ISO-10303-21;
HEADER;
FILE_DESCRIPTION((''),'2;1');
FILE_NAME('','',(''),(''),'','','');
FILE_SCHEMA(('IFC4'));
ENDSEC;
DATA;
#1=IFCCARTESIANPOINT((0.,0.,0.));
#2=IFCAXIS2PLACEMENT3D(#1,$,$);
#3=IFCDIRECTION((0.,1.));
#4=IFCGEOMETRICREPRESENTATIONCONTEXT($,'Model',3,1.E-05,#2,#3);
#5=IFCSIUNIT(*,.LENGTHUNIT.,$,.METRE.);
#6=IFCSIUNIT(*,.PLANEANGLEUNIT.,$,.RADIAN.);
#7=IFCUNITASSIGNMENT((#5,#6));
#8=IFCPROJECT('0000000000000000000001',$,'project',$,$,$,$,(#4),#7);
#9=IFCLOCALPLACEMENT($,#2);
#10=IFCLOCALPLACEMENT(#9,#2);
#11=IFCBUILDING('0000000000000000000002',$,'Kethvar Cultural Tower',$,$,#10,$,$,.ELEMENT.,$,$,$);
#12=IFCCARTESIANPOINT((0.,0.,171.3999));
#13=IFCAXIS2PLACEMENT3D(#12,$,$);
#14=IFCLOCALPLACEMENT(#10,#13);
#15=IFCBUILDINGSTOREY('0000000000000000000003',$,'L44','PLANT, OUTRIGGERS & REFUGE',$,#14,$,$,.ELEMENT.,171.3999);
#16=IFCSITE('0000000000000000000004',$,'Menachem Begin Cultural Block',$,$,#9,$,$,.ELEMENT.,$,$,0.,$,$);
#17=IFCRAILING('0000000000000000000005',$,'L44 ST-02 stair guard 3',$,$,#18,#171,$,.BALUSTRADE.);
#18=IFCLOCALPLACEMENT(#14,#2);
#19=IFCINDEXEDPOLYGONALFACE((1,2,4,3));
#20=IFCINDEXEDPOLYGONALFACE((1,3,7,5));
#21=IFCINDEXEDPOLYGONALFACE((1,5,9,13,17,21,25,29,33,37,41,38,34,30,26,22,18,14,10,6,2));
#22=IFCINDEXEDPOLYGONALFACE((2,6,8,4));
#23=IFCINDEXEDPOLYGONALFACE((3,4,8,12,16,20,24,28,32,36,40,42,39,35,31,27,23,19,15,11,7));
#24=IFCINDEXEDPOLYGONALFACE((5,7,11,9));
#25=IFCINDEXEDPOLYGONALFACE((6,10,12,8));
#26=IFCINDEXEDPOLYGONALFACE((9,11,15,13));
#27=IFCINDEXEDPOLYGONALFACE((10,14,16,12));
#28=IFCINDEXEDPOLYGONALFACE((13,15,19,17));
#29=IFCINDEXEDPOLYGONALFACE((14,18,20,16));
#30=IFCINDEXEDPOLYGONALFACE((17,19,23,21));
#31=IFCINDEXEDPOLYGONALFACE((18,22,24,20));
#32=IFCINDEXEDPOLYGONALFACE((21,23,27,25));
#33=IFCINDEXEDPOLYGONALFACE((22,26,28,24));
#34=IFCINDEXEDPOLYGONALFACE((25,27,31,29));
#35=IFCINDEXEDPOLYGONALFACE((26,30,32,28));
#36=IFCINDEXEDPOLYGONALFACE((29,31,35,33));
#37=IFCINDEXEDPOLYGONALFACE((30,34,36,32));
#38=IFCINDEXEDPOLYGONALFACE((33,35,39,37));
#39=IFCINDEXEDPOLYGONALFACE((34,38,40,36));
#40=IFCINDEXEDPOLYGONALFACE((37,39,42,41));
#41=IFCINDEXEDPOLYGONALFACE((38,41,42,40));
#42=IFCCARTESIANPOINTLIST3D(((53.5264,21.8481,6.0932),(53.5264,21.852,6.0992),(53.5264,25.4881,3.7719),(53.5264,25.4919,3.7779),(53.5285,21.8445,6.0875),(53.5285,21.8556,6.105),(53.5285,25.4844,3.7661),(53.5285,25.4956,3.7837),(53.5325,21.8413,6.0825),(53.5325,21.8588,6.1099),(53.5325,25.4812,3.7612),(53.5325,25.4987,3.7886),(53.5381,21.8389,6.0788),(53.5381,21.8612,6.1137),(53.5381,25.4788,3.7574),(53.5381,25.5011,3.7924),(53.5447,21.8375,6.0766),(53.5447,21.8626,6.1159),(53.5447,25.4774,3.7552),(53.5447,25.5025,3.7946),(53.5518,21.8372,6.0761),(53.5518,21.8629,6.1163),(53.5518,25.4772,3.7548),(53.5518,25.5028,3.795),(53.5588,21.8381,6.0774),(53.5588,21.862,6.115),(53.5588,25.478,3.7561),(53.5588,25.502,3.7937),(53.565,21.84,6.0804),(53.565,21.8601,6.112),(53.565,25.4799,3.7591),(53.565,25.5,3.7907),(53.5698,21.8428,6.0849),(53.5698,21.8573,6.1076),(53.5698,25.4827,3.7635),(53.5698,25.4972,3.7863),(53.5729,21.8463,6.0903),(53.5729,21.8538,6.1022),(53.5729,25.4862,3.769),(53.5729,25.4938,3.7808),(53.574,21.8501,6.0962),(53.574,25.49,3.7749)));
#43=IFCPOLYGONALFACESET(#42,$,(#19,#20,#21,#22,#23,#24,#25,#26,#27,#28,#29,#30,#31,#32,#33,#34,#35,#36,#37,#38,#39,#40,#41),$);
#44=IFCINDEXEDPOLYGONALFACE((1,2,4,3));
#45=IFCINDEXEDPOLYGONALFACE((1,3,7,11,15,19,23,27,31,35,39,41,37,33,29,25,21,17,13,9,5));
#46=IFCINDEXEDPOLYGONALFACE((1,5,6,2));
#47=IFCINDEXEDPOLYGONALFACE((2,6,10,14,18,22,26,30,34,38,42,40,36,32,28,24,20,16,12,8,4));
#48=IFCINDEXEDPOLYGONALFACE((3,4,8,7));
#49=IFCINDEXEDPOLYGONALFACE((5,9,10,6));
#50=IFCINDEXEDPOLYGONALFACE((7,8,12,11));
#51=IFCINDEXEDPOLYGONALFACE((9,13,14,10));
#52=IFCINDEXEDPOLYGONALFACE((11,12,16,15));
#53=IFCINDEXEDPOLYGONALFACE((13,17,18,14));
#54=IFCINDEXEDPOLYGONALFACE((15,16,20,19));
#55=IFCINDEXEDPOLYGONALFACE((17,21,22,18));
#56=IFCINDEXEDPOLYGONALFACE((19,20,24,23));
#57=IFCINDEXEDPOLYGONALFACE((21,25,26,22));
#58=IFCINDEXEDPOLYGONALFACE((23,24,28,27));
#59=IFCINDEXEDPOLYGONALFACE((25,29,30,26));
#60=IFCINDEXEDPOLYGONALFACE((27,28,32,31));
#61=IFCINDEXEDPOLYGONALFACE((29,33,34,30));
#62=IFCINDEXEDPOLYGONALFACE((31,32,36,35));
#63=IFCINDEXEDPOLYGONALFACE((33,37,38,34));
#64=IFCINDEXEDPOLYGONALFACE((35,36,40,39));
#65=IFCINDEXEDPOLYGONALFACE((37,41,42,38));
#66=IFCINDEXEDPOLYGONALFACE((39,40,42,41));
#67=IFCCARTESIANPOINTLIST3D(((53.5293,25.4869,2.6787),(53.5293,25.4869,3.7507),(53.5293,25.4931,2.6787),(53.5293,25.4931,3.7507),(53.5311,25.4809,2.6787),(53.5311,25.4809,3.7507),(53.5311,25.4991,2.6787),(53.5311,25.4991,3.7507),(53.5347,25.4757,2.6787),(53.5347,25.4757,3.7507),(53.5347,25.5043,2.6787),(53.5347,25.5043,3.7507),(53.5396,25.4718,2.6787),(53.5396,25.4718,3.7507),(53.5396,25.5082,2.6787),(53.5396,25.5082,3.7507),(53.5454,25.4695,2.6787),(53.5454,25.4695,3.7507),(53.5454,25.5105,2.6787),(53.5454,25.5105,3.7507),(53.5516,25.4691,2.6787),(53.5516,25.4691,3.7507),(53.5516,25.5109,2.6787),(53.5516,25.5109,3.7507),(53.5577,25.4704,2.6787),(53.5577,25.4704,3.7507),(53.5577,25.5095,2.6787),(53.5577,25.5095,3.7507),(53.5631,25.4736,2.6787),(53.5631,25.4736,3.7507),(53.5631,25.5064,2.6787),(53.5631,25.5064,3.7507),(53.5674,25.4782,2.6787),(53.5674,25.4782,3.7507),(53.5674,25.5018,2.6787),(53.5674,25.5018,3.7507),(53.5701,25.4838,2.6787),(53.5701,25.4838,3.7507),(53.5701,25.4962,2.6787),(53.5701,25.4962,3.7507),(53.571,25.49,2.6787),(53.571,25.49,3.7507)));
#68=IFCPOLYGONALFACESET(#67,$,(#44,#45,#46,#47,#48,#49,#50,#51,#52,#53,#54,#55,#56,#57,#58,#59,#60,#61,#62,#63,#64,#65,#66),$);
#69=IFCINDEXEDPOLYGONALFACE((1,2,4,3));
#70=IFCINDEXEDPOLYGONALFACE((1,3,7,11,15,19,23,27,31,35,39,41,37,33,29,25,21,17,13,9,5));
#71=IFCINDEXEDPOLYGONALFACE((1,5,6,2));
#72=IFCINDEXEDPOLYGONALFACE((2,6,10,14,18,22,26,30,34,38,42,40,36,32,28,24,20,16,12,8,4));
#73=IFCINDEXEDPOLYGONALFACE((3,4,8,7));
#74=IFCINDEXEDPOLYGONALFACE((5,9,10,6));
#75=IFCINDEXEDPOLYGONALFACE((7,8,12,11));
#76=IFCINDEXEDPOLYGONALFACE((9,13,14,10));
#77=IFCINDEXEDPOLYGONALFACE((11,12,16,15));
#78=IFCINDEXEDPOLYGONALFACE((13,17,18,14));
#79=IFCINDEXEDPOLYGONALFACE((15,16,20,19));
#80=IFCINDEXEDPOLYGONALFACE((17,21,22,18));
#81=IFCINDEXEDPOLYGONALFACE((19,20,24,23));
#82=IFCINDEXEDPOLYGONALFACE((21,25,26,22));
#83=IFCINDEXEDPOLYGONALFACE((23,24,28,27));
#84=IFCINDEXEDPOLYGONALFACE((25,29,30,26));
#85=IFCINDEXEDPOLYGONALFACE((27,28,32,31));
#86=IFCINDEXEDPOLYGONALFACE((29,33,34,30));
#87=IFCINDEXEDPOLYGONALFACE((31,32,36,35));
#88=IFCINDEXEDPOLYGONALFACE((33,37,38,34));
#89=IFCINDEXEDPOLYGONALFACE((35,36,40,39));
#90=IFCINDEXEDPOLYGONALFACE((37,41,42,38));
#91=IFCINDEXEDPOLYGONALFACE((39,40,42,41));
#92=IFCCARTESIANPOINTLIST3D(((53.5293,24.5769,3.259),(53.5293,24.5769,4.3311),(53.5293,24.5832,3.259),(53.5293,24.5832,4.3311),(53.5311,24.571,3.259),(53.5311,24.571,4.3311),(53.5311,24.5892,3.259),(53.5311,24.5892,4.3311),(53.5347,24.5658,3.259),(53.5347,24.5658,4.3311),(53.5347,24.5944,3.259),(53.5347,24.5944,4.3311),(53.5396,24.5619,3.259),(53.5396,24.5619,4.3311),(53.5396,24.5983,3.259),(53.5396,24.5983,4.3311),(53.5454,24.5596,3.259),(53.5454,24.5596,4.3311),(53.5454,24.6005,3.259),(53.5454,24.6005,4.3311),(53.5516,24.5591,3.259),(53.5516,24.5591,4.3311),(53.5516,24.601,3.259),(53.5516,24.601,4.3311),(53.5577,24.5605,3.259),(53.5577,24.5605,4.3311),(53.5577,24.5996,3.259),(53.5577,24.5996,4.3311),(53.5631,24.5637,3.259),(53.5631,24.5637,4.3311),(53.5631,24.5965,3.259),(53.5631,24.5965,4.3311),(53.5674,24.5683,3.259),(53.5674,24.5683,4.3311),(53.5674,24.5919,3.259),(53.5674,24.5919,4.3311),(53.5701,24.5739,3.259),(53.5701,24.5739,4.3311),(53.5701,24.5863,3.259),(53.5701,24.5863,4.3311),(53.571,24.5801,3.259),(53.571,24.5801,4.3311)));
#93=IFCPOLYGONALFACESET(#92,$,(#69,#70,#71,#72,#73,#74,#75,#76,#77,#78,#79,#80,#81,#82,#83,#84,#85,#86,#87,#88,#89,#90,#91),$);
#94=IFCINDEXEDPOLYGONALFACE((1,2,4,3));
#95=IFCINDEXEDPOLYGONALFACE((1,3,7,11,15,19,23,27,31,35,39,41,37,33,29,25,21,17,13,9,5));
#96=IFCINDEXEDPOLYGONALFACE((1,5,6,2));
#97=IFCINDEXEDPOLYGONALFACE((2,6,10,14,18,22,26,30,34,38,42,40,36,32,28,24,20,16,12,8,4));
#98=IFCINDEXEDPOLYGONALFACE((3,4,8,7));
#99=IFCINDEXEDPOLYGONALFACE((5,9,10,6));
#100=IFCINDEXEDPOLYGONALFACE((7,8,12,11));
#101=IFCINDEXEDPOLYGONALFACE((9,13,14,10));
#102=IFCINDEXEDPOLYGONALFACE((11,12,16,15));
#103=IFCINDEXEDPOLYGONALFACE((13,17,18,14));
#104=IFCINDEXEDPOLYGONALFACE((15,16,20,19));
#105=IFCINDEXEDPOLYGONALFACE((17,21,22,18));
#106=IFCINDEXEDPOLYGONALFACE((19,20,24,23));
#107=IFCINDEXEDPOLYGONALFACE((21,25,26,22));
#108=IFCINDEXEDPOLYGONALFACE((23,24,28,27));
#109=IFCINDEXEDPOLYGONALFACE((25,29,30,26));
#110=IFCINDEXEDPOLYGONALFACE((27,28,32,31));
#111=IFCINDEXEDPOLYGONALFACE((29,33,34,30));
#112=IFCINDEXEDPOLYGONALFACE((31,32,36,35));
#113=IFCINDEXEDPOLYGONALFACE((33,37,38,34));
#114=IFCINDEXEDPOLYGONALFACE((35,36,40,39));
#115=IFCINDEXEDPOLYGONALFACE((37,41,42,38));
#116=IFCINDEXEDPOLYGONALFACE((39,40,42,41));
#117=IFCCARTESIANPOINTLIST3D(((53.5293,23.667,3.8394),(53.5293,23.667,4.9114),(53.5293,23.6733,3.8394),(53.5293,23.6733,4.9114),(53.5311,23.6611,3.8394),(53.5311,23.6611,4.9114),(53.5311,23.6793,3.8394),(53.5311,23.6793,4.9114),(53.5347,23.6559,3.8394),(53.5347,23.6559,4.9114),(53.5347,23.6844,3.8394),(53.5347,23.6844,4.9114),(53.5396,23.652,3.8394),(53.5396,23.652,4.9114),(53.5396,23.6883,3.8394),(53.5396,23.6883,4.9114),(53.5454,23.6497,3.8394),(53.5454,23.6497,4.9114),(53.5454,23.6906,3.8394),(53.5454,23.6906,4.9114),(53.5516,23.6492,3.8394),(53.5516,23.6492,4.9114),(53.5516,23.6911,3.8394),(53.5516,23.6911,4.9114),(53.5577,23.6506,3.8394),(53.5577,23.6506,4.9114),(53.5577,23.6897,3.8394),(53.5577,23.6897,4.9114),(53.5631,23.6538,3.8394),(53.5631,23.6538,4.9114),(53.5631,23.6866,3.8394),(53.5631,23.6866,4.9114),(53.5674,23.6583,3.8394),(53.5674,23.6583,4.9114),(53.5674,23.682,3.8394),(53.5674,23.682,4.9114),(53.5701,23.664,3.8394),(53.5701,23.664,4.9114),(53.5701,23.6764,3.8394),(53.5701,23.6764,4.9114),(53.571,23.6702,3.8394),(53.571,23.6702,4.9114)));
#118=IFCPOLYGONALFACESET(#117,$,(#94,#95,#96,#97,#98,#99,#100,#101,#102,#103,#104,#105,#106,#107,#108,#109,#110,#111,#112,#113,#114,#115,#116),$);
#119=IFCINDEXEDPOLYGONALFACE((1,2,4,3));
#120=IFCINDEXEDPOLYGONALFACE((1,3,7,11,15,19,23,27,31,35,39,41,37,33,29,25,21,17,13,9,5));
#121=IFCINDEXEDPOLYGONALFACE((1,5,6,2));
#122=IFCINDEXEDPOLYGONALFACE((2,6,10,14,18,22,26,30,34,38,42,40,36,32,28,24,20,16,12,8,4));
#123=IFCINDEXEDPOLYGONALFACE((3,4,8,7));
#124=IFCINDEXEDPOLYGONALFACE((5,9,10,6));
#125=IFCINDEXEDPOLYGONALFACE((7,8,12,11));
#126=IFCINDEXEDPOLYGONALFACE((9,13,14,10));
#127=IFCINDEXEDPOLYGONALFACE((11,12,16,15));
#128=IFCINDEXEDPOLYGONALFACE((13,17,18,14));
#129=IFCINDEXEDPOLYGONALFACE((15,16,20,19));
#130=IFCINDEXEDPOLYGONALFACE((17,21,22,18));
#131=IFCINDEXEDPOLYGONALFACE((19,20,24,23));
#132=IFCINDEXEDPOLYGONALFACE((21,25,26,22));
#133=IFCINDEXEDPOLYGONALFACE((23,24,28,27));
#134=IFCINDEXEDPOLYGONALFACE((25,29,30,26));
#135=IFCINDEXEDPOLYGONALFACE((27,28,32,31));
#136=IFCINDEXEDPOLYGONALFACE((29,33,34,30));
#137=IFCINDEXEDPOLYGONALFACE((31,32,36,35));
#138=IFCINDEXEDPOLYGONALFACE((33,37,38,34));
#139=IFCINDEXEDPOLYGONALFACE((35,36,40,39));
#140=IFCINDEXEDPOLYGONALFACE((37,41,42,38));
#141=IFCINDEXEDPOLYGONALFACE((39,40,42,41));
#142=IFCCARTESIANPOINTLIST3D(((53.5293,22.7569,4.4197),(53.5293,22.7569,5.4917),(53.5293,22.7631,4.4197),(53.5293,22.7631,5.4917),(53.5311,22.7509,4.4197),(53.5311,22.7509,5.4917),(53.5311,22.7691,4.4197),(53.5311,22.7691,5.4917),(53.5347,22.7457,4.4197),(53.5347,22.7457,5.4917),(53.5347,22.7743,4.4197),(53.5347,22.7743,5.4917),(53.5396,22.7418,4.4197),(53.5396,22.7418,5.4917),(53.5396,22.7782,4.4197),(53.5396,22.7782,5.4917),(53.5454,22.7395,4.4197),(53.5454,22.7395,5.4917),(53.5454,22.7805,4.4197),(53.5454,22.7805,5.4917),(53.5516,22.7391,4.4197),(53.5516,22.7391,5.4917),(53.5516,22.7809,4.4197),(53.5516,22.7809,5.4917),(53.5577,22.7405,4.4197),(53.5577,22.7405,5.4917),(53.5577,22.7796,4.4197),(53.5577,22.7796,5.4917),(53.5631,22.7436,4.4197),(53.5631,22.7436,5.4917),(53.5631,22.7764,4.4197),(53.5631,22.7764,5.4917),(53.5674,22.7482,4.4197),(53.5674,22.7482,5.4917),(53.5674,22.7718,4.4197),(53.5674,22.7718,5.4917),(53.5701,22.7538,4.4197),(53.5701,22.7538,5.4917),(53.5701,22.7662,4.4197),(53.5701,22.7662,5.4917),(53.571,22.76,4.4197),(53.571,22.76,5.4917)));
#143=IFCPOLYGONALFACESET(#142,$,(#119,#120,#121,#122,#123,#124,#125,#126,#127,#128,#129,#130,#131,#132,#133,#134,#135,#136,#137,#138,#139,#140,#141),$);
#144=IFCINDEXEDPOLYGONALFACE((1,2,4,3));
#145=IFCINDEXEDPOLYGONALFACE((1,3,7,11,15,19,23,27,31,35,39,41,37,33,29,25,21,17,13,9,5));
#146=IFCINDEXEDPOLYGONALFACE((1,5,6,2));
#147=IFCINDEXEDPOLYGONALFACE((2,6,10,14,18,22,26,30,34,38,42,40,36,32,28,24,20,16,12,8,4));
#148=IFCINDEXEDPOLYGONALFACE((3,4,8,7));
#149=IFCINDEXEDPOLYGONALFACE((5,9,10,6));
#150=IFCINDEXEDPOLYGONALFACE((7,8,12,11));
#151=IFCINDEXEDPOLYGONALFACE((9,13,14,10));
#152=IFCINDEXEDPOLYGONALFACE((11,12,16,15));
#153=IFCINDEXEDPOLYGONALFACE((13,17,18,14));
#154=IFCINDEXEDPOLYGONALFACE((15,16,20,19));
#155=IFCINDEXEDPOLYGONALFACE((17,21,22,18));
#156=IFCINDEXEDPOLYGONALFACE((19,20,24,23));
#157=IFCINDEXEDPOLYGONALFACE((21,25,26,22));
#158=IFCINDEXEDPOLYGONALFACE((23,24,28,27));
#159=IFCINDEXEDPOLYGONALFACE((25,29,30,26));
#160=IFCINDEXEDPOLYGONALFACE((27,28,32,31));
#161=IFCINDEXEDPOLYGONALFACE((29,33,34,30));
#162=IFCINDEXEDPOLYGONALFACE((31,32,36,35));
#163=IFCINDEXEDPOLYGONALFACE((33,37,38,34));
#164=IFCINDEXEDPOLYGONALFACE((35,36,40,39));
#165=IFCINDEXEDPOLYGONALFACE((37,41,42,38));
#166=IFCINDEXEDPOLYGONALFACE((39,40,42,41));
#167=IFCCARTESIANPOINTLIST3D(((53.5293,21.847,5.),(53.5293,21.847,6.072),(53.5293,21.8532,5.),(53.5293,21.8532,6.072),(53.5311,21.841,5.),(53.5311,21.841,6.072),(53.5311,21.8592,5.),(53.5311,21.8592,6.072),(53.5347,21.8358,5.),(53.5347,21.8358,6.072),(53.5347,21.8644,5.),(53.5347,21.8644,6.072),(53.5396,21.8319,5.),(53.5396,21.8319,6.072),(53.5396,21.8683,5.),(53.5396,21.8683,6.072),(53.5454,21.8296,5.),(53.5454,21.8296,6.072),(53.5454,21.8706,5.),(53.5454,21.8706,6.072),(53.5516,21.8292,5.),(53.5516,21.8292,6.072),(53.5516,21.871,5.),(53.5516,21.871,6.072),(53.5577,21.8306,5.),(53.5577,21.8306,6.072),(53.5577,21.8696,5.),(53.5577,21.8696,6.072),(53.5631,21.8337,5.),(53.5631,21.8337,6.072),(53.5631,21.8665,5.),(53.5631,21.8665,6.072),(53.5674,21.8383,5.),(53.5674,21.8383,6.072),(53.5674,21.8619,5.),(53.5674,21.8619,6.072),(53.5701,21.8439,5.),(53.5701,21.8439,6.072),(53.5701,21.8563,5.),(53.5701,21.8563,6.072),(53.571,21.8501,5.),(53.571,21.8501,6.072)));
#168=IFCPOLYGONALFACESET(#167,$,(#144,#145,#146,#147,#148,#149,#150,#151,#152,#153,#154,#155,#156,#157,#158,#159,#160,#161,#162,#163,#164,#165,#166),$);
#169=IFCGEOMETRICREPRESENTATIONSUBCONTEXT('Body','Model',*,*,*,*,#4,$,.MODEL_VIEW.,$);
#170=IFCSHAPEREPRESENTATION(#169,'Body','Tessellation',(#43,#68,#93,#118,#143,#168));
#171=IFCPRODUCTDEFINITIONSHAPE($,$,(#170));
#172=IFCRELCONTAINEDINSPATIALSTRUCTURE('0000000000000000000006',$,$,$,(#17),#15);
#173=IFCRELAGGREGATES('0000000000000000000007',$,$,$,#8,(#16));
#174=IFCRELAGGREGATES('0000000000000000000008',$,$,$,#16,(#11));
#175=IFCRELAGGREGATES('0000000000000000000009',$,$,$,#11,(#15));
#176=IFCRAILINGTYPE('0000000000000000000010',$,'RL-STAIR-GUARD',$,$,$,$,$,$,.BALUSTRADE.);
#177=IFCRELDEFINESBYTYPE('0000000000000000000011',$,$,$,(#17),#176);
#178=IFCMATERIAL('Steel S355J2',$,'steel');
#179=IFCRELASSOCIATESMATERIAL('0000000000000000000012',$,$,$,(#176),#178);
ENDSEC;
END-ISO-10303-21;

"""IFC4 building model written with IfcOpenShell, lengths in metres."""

from ifc_helpers import new_model, si_unit, direction, frame, origin, origin_2d, place, context, subcontext, project, spatial, circle, extrude, material, type_object, element, save


model = new_model("IFC4")

# Units and contexts
model_context = context("Model", 3, precision=1e-05, world=origin(), true_north=direction((0.0, 1.0)))
body_context = subcontext(model_context, "Body", "Model", "MODEL_VIEW")
ifc_project = project(units=[si_unit("LENGTHUNIT", "METRE"), si_unit("PLANEANGLEUNIT", "RADIAN")], contexts=[model_context])

# Site, building, storey
site_placement = place(None, origin())
site = spatial("IfcSite", under=ifc_project, at=site_placement, Name="Menachem Begin Cultural Block", CompositionType="ELEMENT", RefElevation=0.0)
building_placement = place(site_placement, origin())
building = spatial("IfcBuilding", under=site, at=building_placement, Name="Kethvar Cultural Tower", CompositionType="ELEMENT")
storey_placement = place(building_placement, frame((0.0, 0.0, 171.3999)))
storey = spatial("IfcBuildingStorey", under=building, at=storey_placement, Name="L44", Description="PLANT, OUTRIGGERS & REFUGE", CompositionType="ELEMENT", Elevation=171.3999)

# Shared definitions
ifc_material_1 = material(Name="Steel S355J2", Category="steel")

# Railing
railing_type_1 = type_object("IfcRailingType", Name="RL-STAIR-GUARD", PredefinedType="BALUSTRADE", material=ifc_material_1)
railing_1_placement = place(storey_placement, frame((53.55, 25.49, 2.6787)))
element("IfcRailing", 1, at=railing_1_placement, inside=storey, type_object=railing_type_1, Name="L44 ST-02 stair guard 3", PredefinedType="BALUSTRADE", context=body_context, shape_type="SweptSolid", body=[
    extrude(circle(Radius=0.0239, at=origin_2d()), frame((0.0, 0.0, 1.0962), z_axis=(0.0, -0.843137, 0.537699), x_axis=(1.0, 0.0, 0.0)), (0.0, 0.0, 1.0), 4.3171),
    extrude(circle(Radius=0.021, at=origin_2d()), origin(), (0.0, 0.0, 1.0), 1.072),
    extrude(circle(Radius=0.021, at=origin_2d()), frame((0.0, -0.9099, 0.5803)), (0.0, 0.0, 1.0), 1.072),
    extrude(circle(Radius=0.021, at=origin_2d()), frame((0.0, -1.8198, 1.1606)), (0.0, 0.0, 1.0), 1.072),
    extrude(circle(Radius=0.021, at=origin_2d()), frame((0.0, -2.73, 1.741)), (0.0, 0.0, 1.0), 1.072),
    extrude(circle(Radius=0.021, at=origin_2d()), frame((0.0, -3.6399, 2.3213)), (0.0, 0.0, 1.0), 1.072),
])

save(model, "model.ifc")
